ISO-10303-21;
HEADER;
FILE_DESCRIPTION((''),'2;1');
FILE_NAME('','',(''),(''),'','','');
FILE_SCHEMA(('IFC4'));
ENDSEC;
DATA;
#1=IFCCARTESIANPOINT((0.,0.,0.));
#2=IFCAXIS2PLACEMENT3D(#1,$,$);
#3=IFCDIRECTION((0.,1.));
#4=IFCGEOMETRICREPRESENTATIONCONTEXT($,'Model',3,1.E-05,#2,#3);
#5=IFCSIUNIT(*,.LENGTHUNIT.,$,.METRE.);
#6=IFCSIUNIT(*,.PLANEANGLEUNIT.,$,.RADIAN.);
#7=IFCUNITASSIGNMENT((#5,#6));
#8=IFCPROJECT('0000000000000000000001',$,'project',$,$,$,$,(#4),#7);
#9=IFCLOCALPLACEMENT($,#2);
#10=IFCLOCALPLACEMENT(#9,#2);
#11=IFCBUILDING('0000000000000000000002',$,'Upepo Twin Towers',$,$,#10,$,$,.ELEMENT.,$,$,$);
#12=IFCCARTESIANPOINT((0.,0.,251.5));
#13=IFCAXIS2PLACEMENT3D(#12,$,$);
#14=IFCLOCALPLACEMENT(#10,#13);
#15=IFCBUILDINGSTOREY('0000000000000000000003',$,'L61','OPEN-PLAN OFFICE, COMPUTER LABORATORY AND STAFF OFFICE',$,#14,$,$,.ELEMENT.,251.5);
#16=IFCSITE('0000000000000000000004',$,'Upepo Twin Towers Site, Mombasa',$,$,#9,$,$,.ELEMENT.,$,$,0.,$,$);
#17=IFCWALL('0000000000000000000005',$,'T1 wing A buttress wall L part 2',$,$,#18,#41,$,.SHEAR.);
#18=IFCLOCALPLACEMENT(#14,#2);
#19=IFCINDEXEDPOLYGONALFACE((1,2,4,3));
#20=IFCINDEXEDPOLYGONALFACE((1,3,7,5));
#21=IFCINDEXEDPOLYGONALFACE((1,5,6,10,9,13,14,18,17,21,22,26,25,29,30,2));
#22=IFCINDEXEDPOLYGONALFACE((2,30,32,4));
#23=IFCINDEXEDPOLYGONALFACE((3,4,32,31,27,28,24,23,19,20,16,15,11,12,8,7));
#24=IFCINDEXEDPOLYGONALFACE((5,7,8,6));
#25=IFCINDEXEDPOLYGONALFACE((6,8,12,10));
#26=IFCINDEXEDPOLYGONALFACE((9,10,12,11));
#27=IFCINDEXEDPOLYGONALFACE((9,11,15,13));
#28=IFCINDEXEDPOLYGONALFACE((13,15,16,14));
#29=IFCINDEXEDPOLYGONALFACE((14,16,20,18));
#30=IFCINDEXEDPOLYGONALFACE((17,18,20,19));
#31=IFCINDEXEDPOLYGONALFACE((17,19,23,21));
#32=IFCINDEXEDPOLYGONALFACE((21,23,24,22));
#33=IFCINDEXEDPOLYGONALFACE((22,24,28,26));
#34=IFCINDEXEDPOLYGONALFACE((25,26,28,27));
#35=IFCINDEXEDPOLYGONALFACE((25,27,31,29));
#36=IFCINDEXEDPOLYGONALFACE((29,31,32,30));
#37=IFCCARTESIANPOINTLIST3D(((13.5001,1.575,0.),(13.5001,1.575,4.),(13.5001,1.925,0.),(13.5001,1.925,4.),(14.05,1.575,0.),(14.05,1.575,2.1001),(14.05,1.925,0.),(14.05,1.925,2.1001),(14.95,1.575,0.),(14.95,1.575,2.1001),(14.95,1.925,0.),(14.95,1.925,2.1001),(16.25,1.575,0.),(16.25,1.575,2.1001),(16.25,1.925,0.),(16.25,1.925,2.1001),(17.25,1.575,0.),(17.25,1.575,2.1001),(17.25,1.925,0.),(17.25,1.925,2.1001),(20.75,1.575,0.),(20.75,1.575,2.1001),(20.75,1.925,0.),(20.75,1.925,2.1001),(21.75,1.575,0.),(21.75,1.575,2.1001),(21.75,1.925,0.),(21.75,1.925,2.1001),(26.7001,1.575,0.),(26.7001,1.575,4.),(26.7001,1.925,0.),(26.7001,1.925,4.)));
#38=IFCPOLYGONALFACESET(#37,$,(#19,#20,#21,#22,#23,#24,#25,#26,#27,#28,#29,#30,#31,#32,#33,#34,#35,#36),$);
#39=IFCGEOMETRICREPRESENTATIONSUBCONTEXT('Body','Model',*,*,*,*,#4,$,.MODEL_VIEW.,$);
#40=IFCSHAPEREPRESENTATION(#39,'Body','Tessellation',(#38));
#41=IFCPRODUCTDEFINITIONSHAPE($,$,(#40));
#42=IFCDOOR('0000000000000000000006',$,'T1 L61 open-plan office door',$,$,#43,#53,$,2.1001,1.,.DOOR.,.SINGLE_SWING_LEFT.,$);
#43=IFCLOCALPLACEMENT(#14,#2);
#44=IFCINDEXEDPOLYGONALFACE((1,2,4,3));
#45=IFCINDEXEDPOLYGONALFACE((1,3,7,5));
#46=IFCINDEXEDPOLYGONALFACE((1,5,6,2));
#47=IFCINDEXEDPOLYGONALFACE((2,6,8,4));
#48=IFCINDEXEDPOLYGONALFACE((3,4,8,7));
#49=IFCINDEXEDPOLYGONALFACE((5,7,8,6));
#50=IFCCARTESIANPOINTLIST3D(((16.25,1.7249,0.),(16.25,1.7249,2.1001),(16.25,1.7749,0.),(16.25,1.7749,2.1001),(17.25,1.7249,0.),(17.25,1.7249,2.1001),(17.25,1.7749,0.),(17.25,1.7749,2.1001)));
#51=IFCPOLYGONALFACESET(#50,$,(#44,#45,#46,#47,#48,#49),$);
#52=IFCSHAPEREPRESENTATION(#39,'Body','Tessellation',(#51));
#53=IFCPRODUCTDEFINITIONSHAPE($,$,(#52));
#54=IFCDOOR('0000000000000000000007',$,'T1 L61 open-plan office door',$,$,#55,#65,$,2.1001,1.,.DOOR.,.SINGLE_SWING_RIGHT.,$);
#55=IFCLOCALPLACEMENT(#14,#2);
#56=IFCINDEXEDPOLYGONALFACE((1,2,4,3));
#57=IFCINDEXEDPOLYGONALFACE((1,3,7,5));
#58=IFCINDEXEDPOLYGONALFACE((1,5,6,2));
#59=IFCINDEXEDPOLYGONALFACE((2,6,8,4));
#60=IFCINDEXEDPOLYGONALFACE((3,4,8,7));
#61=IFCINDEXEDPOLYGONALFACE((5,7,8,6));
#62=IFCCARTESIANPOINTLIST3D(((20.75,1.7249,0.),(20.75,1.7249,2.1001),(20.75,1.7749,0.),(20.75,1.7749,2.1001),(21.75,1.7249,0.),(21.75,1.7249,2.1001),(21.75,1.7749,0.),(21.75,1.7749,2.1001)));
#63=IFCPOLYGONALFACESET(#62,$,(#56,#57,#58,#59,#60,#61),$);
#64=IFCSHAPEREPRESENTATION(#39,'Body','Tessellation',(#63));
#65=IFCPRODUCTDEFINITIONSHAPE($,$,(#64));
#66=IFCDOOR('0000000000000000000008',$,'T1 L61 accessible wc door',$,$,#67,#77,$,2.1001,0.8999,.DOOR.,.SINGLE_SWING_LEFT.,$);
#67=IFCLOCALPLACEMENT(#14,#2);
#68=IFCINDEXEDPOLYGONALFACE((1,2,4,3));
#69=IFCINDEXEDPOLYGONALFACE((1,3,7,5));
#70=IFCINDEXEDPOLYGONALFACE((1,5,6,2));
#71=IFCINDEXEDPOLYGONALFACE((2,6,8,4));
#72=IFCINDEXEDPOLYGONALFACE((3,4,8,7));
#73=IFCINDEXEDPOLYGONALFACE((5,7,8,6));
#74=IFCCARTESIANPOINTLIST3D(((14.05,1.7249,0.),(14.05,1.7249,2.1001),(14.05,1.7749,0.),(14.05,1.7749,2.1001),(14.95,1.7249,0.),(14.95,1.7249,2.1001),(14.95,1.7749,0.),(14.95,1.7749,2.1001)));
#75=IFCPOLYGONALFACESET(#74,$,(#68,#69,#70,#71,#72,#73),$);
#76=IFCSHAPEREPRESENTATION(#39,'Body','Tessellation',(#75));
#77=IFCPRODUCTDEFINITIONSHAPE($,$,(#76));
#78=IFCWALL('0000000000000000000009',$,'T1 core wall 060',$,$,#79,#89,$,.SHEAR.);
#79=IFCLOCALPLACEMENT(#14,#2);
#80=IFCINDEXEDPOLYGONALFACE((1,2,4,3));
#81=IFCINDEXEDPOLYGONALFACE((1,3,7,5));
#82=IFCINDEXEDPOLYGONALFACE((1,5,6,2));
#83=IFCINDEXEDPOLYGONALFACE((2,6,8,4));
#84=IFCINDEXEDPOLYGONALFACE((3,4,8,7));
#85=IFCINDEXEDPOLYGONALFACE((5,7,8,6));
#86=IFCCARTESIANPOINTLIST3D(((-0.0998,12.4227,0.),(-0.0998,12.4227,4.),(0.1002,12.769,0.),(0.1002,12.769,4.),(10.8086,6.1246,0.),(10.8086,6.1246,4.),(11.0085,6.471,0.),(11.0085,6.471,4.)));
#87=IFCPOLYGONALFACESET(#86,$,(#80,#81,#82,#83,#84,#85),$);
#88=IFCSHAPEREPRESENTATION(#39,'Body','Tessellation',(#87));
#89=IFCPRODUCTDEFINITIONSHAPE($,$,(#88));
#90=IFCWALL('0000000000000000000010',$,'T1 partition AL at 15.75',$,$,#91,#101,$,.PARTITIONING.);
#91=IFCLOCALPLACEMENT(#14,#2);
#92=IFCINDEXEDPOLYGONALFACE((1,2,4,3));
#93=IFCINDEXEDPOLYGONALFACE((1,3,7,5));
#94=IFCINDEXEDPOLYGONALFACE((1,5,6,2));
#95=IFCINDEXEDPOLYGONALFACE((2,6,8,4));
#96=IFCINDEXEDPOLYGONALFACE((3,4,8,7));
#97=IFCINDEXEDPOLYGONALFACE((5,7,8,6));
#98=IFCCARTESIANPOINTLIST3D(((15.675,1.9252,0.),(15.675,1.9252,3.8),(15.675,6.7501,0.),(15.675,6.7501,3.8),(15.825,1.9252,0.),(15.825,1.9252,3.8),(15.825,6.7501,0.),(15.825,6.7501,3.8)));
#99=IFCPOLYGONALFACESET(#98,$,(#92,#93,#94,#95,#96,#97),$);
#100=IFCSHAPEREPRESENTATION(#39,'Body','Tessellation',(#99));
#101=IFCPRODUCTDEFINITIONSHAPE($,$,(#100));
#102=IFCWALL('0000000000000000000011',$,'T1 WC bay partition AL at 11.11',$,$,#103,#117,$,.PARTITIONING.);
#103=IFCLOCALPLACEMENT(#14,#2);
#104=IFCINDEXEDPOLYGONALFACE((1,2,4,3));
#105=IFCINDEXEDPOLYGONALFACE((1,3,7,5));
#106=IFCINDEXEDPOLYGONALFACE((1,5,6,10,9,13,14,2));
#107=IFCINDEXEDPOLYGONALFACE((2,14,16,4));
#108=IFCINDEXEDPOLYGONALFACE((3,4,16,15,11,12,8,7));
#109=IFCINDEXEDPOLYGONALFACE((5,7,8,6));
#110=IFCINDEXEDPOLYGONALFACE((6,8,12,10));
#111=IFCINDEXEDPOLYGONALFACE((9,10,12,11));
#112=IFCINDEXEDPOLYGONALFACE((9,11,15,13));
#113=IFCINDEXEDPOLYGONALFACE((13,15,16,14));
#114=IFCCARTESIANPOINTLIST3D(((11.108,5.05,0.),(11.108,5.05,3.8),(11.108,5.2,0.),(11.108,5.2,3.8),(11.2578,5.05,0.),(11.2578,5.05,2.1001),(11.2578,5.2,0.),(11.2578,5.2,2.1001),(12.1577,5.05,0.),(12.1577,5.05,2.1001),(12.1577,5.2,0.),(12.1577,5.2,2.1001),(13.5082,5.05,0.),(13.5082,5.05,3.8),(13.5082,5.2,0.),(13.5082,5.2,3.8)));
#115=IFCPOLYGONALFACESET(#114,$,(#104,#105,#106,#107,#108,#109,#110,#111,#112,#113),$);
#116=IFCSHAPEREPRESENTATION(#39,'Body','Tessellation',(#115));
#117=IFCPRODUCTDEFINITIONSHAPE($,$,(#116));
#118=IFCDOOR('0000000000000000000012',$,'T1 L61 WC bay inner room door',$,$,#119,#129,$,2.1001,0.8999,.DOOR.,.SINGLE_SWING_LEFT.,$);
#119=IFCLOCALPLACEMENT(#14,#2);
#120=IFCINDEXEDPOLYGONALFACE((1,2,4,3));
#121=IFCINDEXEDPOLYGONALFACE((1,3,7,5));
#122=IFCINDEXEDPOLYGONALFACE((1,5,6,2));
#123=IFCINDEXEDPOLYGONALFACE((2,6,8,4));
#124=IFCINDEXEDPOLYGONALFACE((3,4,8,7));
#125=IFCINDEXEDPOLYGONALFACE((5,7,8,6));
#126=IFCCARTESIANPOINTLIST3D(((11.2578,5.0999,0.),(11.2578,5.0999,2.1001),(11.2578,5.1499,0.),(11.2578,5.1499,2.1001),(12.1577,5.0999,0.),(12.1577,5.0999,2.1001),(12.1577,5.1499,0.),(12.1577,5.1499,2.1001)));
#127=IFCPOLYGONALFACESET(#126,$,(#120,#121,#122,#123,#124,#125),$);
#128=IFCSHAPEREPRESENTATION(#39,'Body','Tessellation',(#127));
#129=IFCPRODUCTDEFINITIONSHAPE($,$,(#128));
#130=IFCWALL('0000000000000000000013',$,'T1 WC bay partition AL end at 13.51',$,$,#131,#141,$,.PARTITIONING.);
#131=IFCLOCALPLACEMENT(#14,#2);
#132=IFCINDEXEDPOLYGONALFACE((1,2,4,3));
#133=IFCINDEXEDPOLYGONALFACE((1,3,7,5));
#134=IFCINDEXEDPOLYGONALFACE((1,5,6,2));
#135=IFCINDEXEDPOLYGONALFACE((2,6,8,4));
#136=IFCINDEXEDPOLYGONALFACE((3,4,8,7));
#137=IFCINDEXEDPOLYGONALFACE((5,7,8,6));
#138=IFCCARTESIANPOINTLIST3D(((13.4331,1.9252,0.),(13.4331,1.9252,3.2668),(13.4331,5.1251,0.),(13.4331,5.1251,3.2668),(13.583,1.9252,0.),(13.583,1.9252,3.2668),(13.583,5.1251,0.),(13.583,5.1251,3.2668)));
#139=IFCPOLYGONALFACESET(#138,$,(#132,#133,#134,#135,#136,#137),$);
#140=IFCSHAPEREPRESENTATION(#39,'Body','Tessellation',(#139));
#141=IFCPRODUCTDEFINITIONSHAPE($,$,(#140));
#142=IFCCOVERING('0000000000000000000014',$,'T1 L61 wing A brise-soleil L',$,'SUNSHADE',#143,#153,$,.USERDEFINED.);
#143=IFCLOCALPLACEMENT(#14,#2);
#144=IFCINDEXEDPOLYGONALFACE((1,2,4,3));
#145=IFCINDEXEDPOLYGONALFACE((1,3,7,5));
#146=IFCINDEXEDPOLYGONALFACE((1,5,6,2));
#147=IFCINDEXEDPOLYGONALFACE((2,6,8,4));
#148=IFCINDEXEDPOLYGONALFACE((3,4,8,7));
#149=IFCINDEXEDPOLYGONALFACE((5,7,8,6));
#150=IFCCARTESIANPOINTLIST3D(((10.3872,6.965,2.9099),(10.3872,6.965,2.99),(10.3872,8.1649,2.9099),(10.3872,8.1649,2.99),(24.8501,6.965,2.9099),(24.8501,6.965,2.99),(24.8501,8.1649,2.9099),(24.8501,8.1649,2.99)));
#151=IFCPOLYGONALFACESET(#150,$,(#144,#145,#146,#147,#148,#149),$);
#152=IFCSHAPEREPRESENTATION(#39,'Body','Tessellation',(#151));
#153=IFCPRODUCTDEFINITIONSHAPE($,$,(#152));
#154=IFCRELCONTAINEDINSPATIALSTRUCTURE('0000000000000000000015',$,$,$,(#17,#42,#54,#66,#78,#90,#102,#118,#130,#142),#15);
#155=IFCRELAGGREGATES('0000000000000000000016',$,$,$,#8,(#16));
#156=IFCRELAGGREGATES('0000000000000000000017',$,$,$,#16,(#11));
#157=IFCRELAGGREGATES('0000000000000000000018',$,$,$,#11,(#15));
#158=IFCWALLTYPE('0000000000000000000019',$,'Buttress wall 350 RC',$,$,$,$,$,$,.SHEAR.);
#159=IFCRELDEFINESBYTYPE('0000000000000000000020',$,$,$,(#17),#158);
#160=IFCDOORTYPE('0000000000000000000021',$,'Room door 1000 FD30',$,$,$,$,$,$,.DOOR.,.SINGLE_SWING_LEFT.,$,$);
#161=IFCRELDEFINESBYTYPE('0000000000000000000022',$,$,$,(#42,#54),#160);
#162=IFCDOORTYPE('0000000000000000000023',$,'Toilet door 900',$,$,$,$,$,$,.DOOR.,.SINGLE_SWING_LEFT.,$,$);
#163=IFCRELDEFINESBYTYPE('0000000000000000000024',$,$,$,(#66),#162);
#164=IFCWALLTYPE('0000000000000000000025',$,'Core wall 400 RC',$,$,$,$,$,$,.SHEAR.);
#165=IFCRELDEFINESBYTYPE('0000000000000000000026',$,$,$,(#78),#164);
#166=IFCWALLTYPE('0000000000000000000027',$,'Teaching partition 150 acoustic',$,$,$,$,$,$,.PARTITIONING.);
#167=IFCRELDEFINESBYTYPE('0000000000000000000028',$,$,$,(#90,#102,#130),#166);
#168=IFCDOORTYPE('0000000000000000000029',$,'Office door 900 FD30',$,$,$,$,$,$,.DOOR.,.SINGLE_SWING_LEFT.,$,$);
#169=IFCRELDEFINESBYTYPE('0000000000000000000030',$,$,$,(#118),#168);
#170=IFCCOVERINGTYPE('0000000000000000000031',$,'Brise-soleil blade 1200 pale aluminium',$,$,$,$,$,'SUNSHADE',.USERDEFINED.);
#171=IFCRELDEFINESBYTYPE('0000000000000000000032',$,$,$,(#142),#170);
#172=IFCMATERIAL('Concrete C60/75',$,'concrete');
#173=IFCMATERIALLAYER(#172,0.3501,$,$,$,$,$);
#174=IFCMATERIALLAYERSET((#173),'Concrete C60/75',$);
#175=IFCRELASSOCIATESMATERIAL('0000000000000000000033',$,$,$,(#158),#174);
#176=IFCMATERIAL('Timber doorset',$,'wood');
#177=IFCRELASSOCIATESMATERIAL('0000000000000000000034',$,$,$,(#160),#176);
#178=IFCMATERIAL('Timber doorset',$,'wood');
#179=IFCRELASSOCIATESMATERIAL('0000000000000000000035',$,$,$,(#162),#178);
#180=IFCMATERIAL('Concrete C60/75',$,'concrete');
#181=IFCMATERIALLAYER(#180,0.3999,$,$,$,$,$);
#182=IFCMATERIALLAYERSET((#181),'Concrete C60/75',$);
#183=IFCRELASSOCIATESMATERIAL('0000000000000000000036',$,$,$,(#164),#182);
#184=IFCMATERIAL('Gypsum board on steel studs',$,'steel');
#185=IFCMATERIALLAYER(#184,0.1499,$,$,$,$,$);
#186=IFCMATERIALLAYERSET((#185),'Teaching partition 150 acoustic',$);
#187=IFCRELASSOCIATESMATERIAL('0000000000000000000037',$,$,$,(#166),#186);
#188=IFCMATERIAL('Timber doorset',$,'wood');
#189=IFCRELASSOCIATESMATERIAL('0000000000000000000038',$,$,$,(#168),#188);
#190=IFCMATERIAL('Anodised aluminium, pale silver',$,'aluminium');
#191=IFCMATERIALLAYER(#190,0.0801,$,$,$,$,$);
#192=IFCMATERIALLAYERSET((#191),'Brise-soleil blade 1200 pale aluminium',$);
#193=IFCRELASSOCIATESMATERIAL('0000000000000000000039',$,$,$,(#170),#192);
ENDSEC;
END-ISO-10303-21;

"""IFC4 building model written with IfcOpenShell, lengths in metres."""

from ifc_helpers import new_model, si_unit, direction, frame, frame_2d, origin, origin_2d, place, context, subcontext, project, spatial, rectangle, extrude, material, layer, layer_set, type_object, element, fill, save


model = new_model("IFC4")

# Units and contexts
model_context = context("Model", 3, precision=1e-05, world=origin(), true_north=direction((0.0, 1.0)))
body_context = subcontext(model_context, "Body", "Model", "MODEL_VIEW")
ifc_project = project(units=[si_unit("LENGTHUNIT", "METRE"), si_unit("PLANEANGLEUNIT", "RADIAN")], contexts=[model_context])

# Site, building, storey
site_placement = place(None, origin())
site = spatial("IfcSite", under=ifc_project, at=site_placement, Name="Upepo Twin Towers Site, Mombasa", CompositionType="ELEMENT", RefElevation=0.0)
building_placement = place(site_placement, origin())
building = spatial("IfcBuilding", under=site, at=building_placement, Name="Upepo Twin Towers", CompositionType="ELEMENT")
storey_placement = place(building_placement, frame((0.0, 0.0, 251.5)))
storey = spatial("IfcBuildingStorey", under=building, at=storey_placement, Name="L61", Description="OPEN-PLAN OFFICE, COMPUTER LABORATORY AND STAFF OFFICE", CompositionType="ELEMENT", Elevation=251.5)

# Shared definitions
ifc_material_1 = material(Name="Concrete C60/75", Category="concrete")
ifc_layer_1 = layer(ifc_material_1, 0.3501)
ifc_layer_set_1 = layer_set([ifc_layer_1], Name="Concrete C60/75")
wall_type_1 = type_object("IfcWallType", Name="Buttress wall 350 RC", PredefinedType="SHEAR", material=ifc_layer_set_1)

# Wall, openings, doors
wall_1_placement = place(storey_placement, frame((13.5, 1.75, 0.0), z_axis=(0.0, 0.0, 1.0), x_axis=(1.0, 0.0, 0.0)))
wall_1 = element("IfcWall", 1, at=wall_1_placement, inside=storey, type_object=wall_type_1, Name="T1 wing A buttress wall L part 2", PredefinedType="SHEAR", context=body_context, shape_type="SweptSolid", body=[
    extrude(rectangle(XDim=13.2, YDim=0.3501, at=frame_2d((6.6001, 0.0))), origin(), (0.0, 0.0, 1.0), 4.0),
])
opening_1_placement = place(wall_1_placement, frame((0.55, 0.0, 0.0)))
opening_1 = element("IfcOpeningElement", 2, at=opening_1_placement, cuts=wall_1, PredefinedType="OPENING", context=body_context, shape_type="SweptSolid", body=[
    extrude(rectangle(XDim=0.8999, YDim=2.1001, at=frame_2d((0.45, 1.05))), frame((0.0, 0.1851, 0.0), z_axis=(0.0, -1.0, 0.0), x_axis=(1.0, 0.0, 0.0)), (0.0, 0.0, 1.0), 0.3701),
])
opening_2_placement = place(wall_1_placement, frame((2.75, 0.0, 0.0)))
opening_2 = element("IfcOpeningElement", 3, at=opening_2_placement, cuts=wall_1, PredefinedType="OPENING", context=body_context, shape_type="SweptSolid", body=[
    extrude(rectangle(XDim=1.0, YDim=2.1001, at=frame_2d((0.5, 1.05))), frame((0.0, 0.1851, 0.0), z_axis=(0.0, -1.0, 0.0), x_axis=(1.0, 0.0, 0.0)), (0.0, 0.0, 1.0), 0.3701),
])
opening_3_placement = place(wall_1_placement, frame((7.25, 0.0, 0.0)))
opening_3 = element("IfcOpeningElement", 4, at=opening_3_placement, cuts=wall_1, PredefinedType="OPENING", context=body_context, shape_type="SweptSolid", body=[
    extrude(rectangle(XDim=1.0, YDim=2.1001, at=frame_2d((0.5, 1.05))), frame((0.0, 0.1851, 0.0), z_axis=(0.0, -1.0, 0.0), x_axis=(1.0, 0.0, 0.0)), (0.0, 0.0, 1.0), 0.3701),
])
ifc_material_2 = material(Name="Timber doorset", Category="wood")
door_type_1 = type_object("IfcDoorType", Name="Room door 1000 FD30", OperationType="SINGLE_SWING_LEFT", PredefinedType="DOOR", material=ifc_material_2)
door_1_placement = place(opening_2_placement, origin())
door_1 = element("IfcDoor", 5, at=door_1_placement, inside=storey, type_object=door_type_1, Name="T1 L61 open-plan office door", OperationType="SINGLE_SWING_LEFT", OverallHeight=2.1001, OverallWidth=1.0, PredefinedType="DOOR", context=body_context, shape_type="SweptSolid", body=[
    extrude(rectangle(XDim=1.0, YDim=2.1001, at=frame_2d((0.5, 1.05))), frame((0.0, 0.0249, 0.0), z_axis=(0.0, -1.0, 0.0), x_axis=(1.0, 0.0, 0.0)), (0.0, 0.0, 1.0), 0.05),
])
fill(opening_2, door_1)
door_2_placement = place(opening_3_placement, origin())
door_2 = element("IfcDoor", 6, at=door_2_placement, inside=storey, type_object=door_type_1, Name="T1 L61 open-plan office door", OperationType="SINGLE_SWING_RIGHT", OverallHeight=2.1001, OverallWidth=1.0, PredefinedType="DOOR", context=body_context, shape_type="SweptSolid", body=[
    extrude(rectangle(XDim=1.0, YDim=2.1001, at=frame_2d((0.5, 1.05))), frame((0.0, 0.0249, 0.0), z_axis=(0.0, -1.0, 0.0), x_axis=(1.0, 0.0, 0.0)), (0.0, 0.0, 1.0), 0.05),
])
fill(opening_3, door_2)
ifc_material_3 = material(Name="Timber doorset", Category="wood")
door_type_2 = type_object("IfcDoorType", Name="Toilet door 900", OperationType="SINGLE_SWING_LEFT", PredefinedType="DOOR", material=ifc_material_3)
door_3_placement = place(opening_1_placement, origin())
door_3 = element("IfcDoor", 7, at=door_3_placement, inside=storey, type_object=door_type_2, Name="T1 L61 accessible wc door", OperationType="SINGLE_SWING_LEFT", OverallHeight=2.1001, OverallWidth=0.8999, PredefinedType="DOOR", context=body_context, shape_type="SweptSolid", body=[
    extrude(rectangle(XDim=0.8999, YDim=2.1001, at=frame_2d((0.45, 1.05))), frame((0.0, 0.0249, 0.0), z_axis=(0.0, -1.0, 0.0), x_axis=(1.0, 0.0, 0.0)), (0.0, 0.0, 1.0), 0.05),
])
fill(opening_1, door_3)

# Walls
ifc_material_4 = material(Name="Concrete C60/75", Category="concrete")
ifc_layer_2 = layer(ifc_material_4, 0.3999)
ifc_layer_set_2 = layer_set([ifc_layer_2], Name="Concrete C60/75")
wall_type_2 = type_object("IfcWallType", Name="Core wall 400 RC", PredefinedType="SHEAR", material=ifc_layer_set_2)
wall_2_placement = place(storey_placement, frame((10.9084, 6.2979, 0.0), z_axis=(0.0, 0.0, 1.0), x_axis=(-0.866022, 0.500006, 0.0)))
element("IfcWall", 8, at=wall_2_placement, inside=storey, type_object=wall_type_2, Name="T1 core wall 060", PredefinedType="SHEAR", context=body_context, shape_type="SweptSolid", body=[
    extrude(rectangle(XDim=12.5959, YDim=0.3999, at=frame_2d((6.2979, 0.0))), origin(), (0.0, 0.0, 1.0), 4.0),
])
ifc_material_5 = material(Name="Gypsum board on steel studs", Category="steel")
ifc_layer_3 = layer(ifc_material_5, 0.1499)
ifc_layer_set_3 = layer_set([ifc_layer_3], Name="Teaching partition 150 acoustic")
wall_type_3 = type_object("IfcWallType", Name="Teaching partition 150 acoustic", PredefinedType="PARTITIONING", material=ifc_layer_set_3)
wall_3_placement = place(storey_placement, frame((15.75, 1.925, 0.0), z_axis=(0.0, 0.0, 1.0), x_axis=(0.0, 1.0, 0.0)))
element("IfcWall", 9, at=wall_3_placement, inside=storey, type_object=wall_type_3, Name="T1 partition AL at 15.75", PredefinedType="PARTITIONING", context=body_context, shape_type="SweptSolid", body=[
    extrude(rectangle(XDim=4.825, YDim=0.1499, at=frame_2d((2.4126, 0.0))), origin(), (0.0, 0.0, 1.0), 3.8),
])

# Wall, opening, door
wall_4_placement = place(storey_placement, frame((11.1079, 5.125, 0.0), z_axis=(0.0, 0.0, 1.0), x_axis=(1.0, 0.0, 0.0)))
wall_4 = element("IfcWall", 10, at=wall_4_placement, inside=storey, type_object=wall_type_3, Name="T1 WC bay partition AL at 11.11", PredefinedType="PARTITIONING", context=body_context, shape_type="SweptSolid", body=[
    extrude(rectangle(XDim=2.4001, YDim=0.1499, at=frame_2d((1.2002, 0.0))), origin(), (0.0, 0.0, 1.0), 3.8),
])
opening_4_placement = place(wall_4_placement, frame((0.1499, 0.0, 0.0)))
opening_4 = element("IfcOpeningElement", 11, at=opening_4_placement, cuts=wall_4, PredefinedType="OPENING", context=body_context, shape_type="SweptSolid", body=[
    extrude(rectangle(XDim=0.8999, YDim=2.1001, at=frame_2d((0.45, 1.05))), frame((0.0, 0.085, 0.0), z_axis=(0.0, -1.0, 0.0), x_axis=(1.0, 0.0, 0.0)), (0.0, 0.0, 1.0), 0.1699),
])
ifc_material_6 = material(Name="Timber doorset", Category="wood")
door_type_3 = type_object("IfcDoorType", Name="Office door 900 FD30", OperationType="SINGLE_SWING_LEFT", PredefinedType="DOOR", material=ifc_material_6)
door_4_placement = place(opening_4_placement, origin())
door_4 = element("IfcDoor", 12, at=door_4_placement, inside=storey, type_object=door_type_3, Name="T1 L61 WC bay inner room door", OperationType="SINGLE_SWING_LEFT", OverallHeight=2.1001, OverallWidth=0.8999, PredefinedType="DOOR", context=body_context, shape_type="SweptSolid", body=[
    extrude(rectangle(XDim=0.8999, YDim=2.1001, at=frame_2d((0.45, 1.05))), frame((0.0, 0.0249, 0.0), z_axis=(0.0, -1.0, 0.0), x_axis=(1.0, 0.0, 0.0)), (0.0, 0.0, 1.0), 0.05),
])
fill(opening_4, door_4)

# Wall
wall_5_placement = place(storey_placement, frame((13.5081, 1.925, 0.0), z_axis=(0.0, 0.0, 1.0), x_axis=(0.0, 1.0, 0.0)))
element("IfcWall", 13, at=wall_5_placement, inside=storey, type_object=wall_type_3, Name="T1 WC bay partition AL end at 13.51", PredefinedType="PARTITIONING", context=body_context, shape_type="SweptSolid", body=[
    extrude(rectangle(XDim=3.2, YDim=0.1499, at=frame_2d((1.6001, 0.0))), origin(), (0.0, 0.0, 1.0), 3.2668),
])

# Covering
ifc_material_7 = material(Name="Anodised aluminium, pale silver", Category="aluminium")
ifc_layer_4 = layer(ifc_material_7, 0.0801)
ifc_layer_set_4 = layer_set([ifc_layer_4], Name="Brise-soleil blade 1200 pale aluminium")
covering_type = type_object("IfcCoveringType", Name="Brise-soleil blade 1200 pale aluminium", ElementType="SUNSHADE", PredefinedType="USERDEFINED", material=ifc_layer_set_4)
covering_placement = place(storey_placement, frame((17.6187, 7.5649, 2.9099), z_axis=(0.0, 0.0, 1.0), x_axis=(1.0, 0.0, 0.0)))
element("IfcCovering", 14, at=covering_placement, inside=storey, type_object=covering_type, Name="T1 L61 wing A brise-soleil L", ObjectType="SUNSHADE", PredefinedType="USERDEFINED", context=body_context, shape_type="SweptSolid", body=[
    extrude(rectangle(XDim=14.4629, YDim=1.2, at=origin_2d()), origin(), (0.0, 0.0, 1.0), 0.0801),
])

save(model, "model.ifc")
